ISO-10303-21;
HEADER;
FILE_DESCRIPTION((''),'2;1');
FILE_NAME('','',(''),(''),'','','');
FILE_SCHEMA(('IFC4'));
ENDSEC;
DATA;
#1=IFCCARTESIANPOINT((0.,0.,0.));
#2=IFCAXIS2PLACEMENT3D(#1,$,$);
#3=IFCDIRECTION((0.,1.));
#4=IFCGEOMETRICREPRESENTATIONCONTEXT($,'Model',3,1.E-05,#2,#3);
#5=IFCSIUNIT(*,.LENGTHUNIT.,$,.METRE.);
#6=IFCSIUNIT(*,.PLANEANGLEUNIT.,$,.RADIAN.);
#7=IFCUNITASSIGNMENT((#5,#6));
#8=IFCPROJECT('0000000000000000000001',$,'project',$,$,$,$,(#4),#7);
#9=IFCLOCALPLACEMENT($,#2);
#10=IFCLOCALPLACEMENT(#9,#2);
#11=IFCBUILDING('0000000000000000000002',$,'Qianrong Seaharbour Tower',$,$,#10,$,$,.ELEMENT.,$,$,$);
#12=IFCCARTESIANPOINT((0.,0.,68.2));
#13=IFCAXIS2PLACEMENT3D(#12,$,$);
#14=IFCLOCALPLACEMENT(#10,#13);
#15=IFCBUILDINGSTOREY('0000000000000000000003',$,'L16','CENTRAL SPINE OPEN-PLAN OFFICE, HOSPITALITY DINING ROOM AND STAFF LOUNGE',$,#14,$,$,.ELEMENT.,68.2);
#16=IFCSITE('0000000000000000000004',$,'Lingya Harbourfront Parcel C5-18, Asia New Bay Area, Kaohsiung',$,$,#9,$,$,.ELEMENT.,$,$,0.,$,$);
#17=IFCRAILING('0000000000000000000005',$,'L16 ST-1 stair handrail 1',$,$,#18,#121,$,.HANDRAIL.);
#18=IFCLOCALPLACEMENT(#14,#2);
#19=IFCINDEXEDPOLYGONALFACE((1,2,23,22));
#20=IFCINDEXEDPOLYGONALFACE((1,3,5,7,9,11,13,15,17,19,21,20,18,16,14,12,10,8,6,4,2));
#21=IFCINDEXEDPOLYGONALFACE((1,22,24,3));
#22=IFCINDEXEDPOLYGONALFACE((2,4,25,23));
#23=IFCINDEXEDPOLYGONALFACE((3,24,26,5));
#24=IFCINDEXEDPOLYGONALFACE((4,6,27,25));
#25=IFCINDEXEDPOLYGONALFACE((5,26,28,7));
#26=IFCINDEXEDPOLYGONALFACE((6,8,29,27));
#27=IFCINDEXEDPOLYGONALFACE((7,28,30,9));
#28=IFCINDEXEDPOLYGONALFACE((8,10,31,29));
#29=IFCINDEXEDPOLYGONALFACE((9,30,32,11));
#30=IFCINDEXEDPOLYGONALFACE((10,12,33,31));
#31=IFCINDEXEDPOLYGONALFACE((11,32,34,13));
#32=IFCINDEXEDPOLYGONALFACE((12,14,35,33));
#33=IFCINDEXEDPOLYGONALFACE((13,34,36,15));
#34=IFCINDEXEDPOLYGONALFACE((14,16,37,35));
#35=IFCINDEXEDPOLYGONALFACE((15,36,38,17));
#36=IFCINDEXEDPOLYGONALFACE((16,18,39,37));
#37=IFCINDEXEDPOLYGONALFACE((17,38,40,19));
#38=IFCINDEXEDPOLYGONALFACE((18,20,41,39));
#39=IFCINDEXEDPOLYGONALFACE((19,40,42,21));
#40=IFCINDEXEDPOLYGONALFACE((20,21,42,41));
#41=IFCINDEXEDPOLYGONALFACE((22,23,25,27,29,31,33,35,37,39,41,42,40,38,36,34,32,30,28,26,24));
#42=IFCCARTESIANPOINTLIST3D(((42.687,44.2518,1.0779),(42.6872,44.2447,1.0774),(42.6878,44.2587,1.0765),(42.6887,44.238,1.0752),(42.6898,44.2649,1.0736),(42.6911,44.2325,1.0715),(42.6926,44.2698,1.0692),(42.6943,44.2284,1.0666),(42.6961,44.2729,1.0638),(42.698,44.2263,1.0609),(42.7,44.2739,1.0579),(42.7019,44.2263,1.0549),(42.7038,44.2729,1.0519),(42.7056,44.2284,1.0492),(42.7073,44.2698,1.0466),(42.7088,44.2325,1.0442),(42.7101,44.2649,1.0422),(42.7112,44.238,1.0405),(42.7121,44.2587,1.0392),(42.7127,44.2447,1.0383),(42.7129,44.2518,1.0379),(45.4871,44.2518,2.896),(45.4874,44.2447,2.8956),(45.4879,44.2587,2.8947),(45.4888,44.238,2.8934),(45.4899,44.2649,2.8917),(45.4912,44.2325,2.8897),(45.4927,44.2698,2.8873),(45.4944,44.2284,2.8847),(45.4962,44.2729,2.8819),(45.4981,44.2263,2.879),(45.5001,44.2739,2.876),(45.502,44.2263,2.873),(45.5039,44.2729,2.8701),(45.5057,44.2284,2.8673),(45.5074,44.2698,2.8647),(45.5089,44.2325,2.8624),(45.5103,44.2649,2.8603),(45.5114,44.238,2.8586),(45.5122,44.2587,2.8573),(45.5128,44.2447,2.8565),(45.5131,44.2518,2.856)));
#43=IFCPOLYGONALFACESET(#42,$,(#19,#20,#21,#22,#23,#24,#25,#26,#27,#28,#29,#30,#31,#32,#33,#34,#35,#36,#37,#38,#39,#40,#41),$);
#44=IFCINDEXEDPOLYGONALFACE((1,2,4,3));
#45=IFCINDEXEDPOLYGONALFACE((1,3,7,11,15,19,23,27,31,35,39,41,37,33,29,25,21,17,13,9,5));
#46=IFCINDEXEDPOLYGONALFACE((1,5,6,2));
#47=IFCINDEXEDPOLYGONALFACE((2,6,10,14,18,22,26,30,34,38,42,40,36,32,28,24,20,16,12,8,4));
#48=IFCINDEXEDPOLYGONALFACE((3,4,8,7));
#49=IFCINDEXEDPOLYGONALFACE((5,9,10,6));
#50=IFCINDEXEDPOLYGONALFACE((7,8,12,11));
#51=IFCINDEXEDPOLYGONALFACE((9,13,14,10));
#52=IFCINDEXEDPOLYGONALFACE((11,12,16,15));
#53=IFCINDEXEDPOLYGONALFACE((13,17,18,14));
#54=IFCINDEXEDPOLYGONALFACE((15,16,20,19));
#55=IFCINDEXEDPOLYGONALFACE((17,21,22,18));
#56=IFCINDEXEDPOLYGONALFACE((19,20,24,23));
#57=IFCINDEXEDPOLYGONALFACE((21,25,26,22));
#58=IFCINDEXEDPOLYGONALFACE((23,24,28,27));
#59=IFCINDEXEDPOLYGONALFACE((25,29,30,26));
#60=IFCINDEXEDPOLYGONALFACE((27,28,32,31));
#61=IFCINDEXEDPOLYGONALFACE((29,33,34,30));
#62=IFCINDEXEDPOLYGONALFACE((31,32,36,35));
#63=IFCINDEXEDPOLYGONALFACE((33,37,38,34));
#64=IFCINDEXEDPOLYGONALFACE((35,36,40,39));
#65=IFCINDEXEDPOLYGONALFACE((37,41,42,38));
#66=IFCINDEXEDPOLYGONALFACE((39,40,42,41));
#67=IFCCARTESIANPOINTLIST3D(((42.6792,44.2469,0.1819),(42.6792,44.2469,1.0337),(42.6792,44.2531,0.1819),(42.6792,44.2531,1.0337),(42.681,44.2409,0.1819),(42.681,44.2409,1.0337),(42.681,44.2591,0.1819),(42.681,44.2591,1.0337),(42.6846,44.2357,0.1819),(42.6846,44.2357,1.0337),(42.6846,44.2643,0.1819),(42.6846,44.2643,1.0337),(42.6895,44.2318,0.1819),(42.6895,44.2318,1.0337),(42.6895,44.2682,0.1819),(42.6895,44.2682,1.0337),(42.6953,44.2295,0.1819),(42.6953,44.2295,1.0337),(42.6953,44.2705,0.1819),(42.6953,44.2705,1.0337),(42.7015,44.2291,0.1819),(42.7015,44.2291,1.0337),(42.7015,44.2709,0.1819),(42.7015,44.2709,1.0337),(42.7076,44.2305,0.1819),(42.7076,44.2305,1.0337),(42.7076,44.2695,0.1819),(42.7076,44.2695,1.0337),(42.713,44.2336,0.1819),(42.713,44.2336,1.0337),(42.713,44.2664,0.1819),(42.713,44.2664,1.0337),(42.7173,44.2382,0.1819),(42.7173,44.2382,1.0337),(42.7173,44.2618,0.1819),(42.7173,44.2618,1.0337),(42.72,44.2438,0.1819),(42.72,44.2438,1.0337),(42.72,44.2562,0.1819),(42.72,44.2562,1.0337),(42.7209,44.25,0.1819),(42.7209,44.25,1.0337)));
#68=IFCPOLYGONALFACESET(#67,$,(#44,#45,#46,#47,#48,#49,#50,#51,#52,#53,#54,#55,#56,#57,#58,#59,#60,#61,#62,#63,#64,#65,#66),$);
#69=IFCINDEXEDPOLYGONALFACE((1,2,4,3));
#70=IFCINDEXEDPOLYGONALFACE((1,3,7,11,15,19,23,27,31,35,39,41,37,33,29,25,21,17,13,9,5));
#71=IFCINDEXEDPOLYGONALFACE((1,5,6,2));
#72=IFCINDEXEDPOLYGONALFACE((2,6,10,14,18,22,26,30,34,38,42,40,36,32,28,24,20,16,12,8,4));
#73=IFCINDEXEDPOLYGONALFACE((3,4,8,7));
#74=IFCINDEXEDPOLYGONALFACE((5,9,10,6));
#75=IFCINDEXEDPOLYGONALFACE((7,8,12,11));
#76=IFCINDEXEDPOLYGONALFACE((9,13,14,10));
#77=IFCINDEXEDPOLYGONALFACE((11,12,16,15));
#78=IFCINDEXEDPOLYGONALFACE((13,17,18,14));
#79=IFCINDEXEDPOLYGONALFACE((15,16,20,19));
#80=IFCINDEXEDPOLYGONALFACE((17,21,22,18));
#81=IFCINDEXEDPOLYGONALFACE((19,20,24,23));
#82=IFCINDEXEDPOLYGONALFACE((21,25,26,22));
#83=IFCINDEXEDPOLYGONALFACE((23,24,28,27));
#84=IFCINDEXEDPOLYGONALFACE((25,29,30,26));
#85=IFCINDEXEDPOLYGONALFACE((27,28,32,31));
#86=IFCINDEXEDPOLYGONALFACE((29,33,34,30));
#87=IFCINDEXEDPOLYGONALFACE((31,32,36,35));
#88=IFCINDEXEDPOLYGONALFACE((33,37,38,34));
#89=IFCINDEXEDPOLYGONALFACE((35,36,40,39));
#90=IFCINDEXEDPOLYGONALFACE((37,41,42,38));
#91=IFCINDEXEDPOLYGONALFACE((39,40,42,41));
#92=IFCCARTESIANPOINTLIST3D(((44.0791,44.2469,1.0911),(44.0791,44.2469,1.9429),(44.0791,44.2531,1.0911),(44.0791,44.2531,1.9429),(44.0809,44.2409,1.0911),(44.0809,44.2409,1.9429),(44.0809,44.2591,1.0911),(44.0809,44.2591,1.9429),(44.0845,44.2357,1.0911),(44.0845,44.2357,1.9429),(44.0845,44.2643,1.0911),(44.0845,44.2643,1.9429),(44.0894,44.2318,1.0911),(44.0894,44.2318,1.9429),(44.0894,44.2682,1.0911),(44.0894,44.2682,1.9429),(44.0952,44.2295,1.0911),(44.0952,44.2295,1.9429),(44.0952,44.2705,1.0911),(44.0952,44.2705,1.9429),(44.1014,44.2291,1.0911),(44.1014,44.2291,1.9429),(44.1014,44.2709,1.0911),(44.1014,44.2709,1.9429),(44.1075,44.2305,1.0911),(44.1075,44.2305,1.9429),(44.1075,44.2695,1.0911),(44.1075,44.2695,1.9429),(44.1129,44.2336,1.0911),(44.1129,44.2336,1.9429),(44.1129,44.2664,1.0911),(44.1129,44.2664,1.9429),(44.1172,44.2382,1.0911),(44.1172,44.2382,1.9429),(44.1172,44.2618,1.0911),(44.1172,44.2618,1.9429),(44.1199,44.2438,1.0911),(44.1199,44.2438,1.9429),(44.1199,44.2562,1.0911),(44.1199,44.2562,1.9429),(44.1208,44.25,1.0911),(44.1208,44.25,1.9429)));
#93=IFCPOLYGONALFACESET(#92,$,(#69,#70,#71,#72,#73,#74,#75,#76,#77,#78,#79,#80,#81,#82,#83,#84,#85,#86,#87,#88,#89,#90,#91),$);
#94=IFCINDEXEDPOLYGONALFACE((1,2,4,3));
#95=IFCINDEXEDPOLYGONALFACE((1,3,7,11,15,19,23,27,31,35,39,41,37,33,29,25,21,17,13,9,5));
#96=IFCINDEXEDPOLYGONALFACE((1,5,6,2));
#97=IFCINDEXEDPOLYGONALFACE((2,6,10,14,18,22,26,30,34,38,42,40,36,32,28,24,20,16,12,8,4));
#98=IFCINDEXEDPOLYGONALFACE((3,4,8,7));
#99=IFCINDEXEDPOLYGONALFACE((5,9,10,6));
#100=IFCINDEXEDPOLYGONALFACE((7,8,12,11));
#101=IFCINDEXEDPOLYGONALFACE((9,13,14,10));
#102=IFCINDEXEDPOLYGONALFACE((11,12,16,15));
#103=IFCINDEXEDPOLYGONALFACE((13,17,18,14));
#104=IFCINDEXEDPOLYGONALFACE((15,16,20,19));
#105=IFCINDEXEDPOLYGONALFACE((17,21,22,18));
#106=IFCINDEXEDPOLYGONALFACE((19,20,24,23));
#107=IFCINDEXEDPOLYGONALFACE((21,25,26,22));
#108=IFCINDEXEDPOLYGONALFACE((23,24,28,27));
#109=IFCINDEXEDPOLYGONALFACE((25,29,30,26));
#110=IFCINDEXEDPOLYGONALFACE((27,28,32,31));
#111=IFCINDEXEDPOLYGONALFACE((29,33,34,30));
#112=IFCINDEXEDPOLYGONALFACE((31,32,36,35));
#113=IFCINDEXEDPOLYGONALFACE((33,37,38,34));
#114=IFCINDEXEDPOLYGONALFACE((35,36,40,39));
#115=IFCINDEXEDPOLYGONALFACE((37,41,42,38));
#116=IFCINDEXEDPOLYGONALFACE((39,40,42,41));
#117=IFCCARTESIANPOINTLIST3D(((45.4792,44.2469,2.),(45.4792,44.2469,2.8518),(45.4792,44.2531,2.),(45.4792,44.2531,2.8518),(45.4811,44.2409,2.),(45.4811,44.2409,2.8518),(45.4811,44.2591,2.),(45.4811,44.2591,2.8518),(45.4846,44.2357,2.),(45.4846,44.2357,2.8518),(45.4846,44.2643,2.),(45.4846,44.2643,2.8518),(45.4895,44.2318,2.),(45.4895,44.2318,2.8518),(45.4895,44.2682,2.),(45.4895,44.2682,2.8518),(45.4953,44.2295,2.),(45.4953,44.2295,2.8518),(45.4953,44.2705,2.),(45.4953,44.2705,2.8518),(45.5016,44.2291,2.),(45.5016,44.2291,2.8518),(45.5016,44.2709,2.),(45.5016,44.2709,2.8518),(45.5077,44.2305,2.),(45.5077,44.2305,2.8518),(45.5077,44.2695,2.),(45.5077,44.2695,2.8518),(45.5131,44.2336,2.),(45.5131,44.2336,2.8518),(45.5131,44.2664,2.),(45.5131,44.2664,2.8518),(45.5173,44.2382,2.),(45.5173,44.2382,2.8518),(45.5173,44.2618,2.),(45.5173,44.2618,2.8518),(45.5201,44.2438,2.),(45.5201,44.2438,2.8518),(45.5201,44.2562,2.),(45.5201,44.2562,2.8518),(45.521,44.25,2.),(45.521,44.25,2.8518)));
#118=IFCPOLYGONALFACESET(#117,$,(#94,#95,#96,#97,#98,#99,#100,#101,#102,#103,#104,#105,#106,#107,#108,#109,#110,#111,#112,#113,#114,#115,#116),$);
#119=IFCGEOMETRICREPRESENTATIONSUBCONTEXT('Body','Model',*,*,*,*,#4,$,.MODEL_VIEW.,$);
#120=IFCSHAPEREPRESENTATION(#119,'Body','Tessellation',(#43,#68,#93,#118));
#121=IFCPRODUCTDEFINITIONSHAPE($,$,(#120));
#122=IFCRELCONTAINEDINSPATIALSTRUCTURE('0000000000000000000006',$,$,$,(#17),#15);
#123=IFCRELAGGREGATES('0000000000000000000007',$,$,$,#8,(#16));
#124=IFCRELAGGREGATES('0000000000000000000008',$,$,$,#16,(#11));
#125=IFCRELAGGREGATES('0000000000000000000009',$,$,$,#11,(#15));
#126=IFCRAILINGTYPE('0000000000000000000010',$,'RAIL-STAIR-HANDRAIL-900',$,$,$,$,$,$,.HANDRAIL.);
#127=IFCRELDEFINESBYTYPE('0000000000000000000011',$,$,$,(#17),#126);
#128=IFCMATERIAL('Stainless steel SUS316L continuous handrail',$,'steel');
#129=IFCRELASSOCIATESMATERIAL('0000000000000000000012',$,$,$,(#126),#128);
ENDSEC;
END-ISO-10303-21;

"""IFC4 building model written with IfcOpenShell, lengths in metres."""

from ifc_helpers import new_model, si_unit, direction, frame, origin, origin_2d, place, context, subcontext, project, spatial, circle, extrude, material, type_object, element, save


model = new_model("IFC4")

# Units and contexts
model_context = context("Model", 3, precision=1e-05, world=origin(), true_north=direction((0.0, 1.0)))
body_context = subcontext(model_context, "Body", "Model", "MODEL_VIEW")
ifc_project = project(units=[si_unit("LENGTHUNIT", "METRE"), si_unit("PLANEANGLEUNIT", "RADIAN")], contexts=[model_context])

# Site, building, storey
site_placement = place(None, origin())
site = spatial("IfcSite", under=ifc_project, at=site_placement, Name="Lingya Harbourfront Parcel C5-18, Asia New Bay Area, Kaohsiung", CompositionType="ELEMENT", RefElevation=0.0)
building_placement = place(site_placement, origin())
building = spatial("IfcBuilding", under=site, at=building_placement, Name="Qianrong Seaharbour Tower", CompositionType="ELEMENT")
storey_placement = place(building_placement, frame((0.0, 0.0, 68.2)))
storey = spatial("IfcBuildingStorey", under=building, at=storey_placement, Name="L16", Description="CENTRAL SPINE OPEN-PLAN OFFICE, HOSPITALITY DINING ROOM AND STAFF LOUNGE", CompositionType="ELEMENT", Elevation=68.2)

# Railing
ifc_material_1 = material(Name="Stainless steel SUS316L continuous handrail", Category="steel")
railing_type = type_object("IfcRailingType", Name="RAIL-STAIR-HANDRAIL-900", PredefinedType="HANDRAIL", material=ifc_material_1)
railing_placement = place(storey_placement, frame((42.7, 44.25, 0.1819)))
element("IfcRailing", 1, at=railing_placement, inside=storey, type_object=railing_type, Name="L16 ST-1 stair handrail 1", PredefinedType="HANDRAIL", context=body_context, shape_type="SweptSolid", body=[
    extrude(circle(Radius=0.0239, at=origin_2d()), frame((0.0, 0.0, 0.876), z_axis=(0.838706, 0.0, 0.544585), x_axis=(0.0, 1.0, 0.0)), (0.0, 0.0, 1.0), 3.3386),
    extrude(circle(Radius=0.021, at=origin_2d()), origin(), (0.0, 0.0, 1.0), 0.8518),
    extrude(circle(Radius=0.021, at=origin_2d()), frame((1.3999, 0.0, 0.9092)), (0.0, 0.0, 1.0), 0.8518),
    extrude(circle(Radius=0.021, at=origin_2d()), frame((2.8, 0.0, 1.8181)), (0.0, 0.0, 1.0), 0.8518),
])

save(model, "model.ifc")
